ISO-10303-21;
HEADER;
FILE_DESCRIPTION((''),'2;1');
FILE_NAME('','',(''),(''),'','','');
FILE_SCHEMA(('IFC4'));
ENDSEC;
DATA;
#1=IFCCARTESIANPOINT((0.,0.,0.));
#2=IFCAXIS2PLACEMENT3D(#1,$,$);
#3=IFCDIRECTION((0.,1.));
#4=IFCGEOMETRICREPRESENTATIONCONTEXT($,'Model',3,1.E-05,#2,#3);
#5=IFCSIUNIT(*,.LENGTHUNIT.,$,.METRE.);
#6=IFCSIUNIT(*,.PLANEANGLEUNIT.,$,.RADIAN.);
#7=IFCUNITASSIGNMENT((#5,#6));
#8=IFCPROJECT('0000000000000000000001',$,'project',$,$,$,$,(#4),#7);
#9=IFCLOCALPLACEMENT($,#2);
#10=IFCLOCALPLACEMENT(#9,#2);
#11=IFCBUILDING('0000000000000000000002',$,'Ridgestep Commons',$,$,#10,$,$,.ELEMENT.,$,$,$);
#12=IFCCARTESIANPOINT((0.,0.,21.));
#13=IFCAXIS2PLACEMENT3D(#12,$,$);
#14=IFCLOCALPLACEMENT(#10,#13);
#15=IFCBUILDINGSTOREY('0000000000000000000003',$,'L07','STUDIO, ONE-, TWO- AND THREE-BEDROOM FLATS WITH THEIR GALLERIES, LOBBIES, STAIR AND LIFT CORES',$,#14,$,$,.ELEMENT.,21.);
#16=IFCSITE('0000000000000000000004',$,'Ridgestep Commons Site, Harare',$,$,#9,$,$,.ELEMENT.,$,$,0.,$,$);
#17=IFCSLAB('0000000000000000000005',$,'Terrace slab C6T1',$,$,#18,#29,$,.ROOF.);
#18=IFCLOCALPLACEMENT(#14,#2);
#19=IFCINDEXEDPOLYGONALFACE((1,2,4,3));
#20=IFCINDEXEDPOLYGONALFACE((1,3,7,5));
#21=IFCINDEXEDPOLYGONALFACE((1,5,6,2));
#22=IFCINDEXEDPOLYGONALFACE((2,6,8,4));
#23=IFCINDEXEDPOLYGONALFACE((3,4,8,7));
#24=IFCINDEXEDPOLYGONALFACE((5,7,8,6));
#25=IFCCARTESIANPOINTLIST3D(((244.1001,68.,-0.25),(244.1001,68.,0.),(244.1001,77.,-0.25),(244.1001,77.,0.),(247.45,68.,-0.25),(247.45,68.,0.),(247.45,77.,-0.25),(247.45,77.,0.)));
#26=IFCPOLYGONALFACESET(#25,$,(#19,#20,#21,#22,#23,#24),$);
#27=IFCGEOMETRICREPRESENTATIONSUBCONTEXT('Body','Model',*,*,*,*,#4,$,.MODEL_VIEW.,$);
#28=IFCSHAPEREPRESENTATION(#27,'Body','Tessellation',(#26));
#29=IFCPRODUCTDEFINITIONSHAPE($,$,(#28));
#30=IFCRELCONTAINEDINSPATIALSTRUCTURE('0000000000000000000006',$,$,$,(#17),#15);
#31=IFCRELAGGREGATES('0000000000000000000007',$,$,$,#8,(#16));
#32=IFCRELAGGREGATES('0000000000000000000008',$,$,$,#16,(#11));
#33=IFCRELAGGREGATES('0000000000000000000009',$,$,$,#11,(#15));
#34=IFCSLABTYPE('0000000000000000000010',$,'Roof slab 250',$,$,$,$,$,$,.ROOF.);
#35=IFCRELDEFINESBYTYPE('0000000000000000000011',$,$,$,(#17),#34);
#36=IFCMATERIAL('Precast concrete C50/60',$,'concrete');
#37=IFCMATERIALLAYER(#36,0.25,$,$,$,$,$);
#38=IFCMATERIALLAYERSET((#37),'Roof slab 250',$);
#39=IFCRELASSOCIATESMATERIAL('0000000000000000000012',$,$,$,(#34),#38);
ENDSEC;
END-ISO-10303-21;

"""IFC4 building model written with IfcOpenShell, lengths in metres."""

from ifc_helpers import new_model, si_unit, direction, frame, origin, place, context, subcontext, project, spatial, polyline, outline, extrude, material, layer, layer_set, type_object, element, save


model = new_model("IFC4")

# Units and contexts
model_context = context("Model", 3, precision=1e-05, world=origin(), true_north=direction((0.0, 1.0)))
body_context = subcontext(model_context, "Body", "Model", "MODEL_VIEW")
ifc_project = project(units=[si_unit("LENGTHUNIT", "METRE"), si_unit("PLANEANGLEUNIT", "RADIAN")], contexts=[model_context])

# Site, building, storey
site_placement = place(None, origin())
site = spatial("IfcSite", under=ifc_project, at=site_placement, Name="Ridgestep Commons Site, Harare", CompositionType="ELEMENT", RefElevation=0.0)
building_placement = place(site_placement, origin())
building = spatial("IfcBuilding", under=site, at=building_placement, Name="Ridgestep Commons", CompositionType="ELEMENT")
storey_placement = place(building_placement, frame((0.0, 0.0, 21.0)))
storey = spatial("IfcBuildingStorey", under=building, at=storey_placement, Name="L07", Description="STUDIO, ONE-, TWO- AND THREE-BEDROOM FLATS WITH THEIR GALLERIES, LOBBIES, STAIR AND LIFT CORES", CompositionType="ELEMENT", Elevation=21.0)

# Slab
ifc_material_1 = material(Name="Precast concrete C50/60", Category="concrete")
ifc_layer_1 = layer(ifc_material_1, 0.25)
ifc_layer_set_1 = layer_set([ifc_layer_1], Name="Roof slab 250")
slab_type_1 = type_object("IfcSlabType", Name="Roof slab 250", PredefinedType="ROOF", material=ifc_layer_set_1)
slab_1_placement = place(storey_placement, frame((0.0, 0.0, -0.25)))
element("IfcSlab", 1, at=slab_1_placement, inside=storey, type_object=slab_type_1, Name="Terrace slab C6T1", PredefinedType="ROOF", context=body_context, shape_type="SweptSolid", body=[
    extrude(outline(polyline([(247.45, 68.0), (247.45, 77.0), (244.1001, 77.0), (244.1001, 68.0), (247.45, 68.0)])), origin(), (0.0, 0.0, 1.0), 0.25),
])

save(model, "model.ifc")
